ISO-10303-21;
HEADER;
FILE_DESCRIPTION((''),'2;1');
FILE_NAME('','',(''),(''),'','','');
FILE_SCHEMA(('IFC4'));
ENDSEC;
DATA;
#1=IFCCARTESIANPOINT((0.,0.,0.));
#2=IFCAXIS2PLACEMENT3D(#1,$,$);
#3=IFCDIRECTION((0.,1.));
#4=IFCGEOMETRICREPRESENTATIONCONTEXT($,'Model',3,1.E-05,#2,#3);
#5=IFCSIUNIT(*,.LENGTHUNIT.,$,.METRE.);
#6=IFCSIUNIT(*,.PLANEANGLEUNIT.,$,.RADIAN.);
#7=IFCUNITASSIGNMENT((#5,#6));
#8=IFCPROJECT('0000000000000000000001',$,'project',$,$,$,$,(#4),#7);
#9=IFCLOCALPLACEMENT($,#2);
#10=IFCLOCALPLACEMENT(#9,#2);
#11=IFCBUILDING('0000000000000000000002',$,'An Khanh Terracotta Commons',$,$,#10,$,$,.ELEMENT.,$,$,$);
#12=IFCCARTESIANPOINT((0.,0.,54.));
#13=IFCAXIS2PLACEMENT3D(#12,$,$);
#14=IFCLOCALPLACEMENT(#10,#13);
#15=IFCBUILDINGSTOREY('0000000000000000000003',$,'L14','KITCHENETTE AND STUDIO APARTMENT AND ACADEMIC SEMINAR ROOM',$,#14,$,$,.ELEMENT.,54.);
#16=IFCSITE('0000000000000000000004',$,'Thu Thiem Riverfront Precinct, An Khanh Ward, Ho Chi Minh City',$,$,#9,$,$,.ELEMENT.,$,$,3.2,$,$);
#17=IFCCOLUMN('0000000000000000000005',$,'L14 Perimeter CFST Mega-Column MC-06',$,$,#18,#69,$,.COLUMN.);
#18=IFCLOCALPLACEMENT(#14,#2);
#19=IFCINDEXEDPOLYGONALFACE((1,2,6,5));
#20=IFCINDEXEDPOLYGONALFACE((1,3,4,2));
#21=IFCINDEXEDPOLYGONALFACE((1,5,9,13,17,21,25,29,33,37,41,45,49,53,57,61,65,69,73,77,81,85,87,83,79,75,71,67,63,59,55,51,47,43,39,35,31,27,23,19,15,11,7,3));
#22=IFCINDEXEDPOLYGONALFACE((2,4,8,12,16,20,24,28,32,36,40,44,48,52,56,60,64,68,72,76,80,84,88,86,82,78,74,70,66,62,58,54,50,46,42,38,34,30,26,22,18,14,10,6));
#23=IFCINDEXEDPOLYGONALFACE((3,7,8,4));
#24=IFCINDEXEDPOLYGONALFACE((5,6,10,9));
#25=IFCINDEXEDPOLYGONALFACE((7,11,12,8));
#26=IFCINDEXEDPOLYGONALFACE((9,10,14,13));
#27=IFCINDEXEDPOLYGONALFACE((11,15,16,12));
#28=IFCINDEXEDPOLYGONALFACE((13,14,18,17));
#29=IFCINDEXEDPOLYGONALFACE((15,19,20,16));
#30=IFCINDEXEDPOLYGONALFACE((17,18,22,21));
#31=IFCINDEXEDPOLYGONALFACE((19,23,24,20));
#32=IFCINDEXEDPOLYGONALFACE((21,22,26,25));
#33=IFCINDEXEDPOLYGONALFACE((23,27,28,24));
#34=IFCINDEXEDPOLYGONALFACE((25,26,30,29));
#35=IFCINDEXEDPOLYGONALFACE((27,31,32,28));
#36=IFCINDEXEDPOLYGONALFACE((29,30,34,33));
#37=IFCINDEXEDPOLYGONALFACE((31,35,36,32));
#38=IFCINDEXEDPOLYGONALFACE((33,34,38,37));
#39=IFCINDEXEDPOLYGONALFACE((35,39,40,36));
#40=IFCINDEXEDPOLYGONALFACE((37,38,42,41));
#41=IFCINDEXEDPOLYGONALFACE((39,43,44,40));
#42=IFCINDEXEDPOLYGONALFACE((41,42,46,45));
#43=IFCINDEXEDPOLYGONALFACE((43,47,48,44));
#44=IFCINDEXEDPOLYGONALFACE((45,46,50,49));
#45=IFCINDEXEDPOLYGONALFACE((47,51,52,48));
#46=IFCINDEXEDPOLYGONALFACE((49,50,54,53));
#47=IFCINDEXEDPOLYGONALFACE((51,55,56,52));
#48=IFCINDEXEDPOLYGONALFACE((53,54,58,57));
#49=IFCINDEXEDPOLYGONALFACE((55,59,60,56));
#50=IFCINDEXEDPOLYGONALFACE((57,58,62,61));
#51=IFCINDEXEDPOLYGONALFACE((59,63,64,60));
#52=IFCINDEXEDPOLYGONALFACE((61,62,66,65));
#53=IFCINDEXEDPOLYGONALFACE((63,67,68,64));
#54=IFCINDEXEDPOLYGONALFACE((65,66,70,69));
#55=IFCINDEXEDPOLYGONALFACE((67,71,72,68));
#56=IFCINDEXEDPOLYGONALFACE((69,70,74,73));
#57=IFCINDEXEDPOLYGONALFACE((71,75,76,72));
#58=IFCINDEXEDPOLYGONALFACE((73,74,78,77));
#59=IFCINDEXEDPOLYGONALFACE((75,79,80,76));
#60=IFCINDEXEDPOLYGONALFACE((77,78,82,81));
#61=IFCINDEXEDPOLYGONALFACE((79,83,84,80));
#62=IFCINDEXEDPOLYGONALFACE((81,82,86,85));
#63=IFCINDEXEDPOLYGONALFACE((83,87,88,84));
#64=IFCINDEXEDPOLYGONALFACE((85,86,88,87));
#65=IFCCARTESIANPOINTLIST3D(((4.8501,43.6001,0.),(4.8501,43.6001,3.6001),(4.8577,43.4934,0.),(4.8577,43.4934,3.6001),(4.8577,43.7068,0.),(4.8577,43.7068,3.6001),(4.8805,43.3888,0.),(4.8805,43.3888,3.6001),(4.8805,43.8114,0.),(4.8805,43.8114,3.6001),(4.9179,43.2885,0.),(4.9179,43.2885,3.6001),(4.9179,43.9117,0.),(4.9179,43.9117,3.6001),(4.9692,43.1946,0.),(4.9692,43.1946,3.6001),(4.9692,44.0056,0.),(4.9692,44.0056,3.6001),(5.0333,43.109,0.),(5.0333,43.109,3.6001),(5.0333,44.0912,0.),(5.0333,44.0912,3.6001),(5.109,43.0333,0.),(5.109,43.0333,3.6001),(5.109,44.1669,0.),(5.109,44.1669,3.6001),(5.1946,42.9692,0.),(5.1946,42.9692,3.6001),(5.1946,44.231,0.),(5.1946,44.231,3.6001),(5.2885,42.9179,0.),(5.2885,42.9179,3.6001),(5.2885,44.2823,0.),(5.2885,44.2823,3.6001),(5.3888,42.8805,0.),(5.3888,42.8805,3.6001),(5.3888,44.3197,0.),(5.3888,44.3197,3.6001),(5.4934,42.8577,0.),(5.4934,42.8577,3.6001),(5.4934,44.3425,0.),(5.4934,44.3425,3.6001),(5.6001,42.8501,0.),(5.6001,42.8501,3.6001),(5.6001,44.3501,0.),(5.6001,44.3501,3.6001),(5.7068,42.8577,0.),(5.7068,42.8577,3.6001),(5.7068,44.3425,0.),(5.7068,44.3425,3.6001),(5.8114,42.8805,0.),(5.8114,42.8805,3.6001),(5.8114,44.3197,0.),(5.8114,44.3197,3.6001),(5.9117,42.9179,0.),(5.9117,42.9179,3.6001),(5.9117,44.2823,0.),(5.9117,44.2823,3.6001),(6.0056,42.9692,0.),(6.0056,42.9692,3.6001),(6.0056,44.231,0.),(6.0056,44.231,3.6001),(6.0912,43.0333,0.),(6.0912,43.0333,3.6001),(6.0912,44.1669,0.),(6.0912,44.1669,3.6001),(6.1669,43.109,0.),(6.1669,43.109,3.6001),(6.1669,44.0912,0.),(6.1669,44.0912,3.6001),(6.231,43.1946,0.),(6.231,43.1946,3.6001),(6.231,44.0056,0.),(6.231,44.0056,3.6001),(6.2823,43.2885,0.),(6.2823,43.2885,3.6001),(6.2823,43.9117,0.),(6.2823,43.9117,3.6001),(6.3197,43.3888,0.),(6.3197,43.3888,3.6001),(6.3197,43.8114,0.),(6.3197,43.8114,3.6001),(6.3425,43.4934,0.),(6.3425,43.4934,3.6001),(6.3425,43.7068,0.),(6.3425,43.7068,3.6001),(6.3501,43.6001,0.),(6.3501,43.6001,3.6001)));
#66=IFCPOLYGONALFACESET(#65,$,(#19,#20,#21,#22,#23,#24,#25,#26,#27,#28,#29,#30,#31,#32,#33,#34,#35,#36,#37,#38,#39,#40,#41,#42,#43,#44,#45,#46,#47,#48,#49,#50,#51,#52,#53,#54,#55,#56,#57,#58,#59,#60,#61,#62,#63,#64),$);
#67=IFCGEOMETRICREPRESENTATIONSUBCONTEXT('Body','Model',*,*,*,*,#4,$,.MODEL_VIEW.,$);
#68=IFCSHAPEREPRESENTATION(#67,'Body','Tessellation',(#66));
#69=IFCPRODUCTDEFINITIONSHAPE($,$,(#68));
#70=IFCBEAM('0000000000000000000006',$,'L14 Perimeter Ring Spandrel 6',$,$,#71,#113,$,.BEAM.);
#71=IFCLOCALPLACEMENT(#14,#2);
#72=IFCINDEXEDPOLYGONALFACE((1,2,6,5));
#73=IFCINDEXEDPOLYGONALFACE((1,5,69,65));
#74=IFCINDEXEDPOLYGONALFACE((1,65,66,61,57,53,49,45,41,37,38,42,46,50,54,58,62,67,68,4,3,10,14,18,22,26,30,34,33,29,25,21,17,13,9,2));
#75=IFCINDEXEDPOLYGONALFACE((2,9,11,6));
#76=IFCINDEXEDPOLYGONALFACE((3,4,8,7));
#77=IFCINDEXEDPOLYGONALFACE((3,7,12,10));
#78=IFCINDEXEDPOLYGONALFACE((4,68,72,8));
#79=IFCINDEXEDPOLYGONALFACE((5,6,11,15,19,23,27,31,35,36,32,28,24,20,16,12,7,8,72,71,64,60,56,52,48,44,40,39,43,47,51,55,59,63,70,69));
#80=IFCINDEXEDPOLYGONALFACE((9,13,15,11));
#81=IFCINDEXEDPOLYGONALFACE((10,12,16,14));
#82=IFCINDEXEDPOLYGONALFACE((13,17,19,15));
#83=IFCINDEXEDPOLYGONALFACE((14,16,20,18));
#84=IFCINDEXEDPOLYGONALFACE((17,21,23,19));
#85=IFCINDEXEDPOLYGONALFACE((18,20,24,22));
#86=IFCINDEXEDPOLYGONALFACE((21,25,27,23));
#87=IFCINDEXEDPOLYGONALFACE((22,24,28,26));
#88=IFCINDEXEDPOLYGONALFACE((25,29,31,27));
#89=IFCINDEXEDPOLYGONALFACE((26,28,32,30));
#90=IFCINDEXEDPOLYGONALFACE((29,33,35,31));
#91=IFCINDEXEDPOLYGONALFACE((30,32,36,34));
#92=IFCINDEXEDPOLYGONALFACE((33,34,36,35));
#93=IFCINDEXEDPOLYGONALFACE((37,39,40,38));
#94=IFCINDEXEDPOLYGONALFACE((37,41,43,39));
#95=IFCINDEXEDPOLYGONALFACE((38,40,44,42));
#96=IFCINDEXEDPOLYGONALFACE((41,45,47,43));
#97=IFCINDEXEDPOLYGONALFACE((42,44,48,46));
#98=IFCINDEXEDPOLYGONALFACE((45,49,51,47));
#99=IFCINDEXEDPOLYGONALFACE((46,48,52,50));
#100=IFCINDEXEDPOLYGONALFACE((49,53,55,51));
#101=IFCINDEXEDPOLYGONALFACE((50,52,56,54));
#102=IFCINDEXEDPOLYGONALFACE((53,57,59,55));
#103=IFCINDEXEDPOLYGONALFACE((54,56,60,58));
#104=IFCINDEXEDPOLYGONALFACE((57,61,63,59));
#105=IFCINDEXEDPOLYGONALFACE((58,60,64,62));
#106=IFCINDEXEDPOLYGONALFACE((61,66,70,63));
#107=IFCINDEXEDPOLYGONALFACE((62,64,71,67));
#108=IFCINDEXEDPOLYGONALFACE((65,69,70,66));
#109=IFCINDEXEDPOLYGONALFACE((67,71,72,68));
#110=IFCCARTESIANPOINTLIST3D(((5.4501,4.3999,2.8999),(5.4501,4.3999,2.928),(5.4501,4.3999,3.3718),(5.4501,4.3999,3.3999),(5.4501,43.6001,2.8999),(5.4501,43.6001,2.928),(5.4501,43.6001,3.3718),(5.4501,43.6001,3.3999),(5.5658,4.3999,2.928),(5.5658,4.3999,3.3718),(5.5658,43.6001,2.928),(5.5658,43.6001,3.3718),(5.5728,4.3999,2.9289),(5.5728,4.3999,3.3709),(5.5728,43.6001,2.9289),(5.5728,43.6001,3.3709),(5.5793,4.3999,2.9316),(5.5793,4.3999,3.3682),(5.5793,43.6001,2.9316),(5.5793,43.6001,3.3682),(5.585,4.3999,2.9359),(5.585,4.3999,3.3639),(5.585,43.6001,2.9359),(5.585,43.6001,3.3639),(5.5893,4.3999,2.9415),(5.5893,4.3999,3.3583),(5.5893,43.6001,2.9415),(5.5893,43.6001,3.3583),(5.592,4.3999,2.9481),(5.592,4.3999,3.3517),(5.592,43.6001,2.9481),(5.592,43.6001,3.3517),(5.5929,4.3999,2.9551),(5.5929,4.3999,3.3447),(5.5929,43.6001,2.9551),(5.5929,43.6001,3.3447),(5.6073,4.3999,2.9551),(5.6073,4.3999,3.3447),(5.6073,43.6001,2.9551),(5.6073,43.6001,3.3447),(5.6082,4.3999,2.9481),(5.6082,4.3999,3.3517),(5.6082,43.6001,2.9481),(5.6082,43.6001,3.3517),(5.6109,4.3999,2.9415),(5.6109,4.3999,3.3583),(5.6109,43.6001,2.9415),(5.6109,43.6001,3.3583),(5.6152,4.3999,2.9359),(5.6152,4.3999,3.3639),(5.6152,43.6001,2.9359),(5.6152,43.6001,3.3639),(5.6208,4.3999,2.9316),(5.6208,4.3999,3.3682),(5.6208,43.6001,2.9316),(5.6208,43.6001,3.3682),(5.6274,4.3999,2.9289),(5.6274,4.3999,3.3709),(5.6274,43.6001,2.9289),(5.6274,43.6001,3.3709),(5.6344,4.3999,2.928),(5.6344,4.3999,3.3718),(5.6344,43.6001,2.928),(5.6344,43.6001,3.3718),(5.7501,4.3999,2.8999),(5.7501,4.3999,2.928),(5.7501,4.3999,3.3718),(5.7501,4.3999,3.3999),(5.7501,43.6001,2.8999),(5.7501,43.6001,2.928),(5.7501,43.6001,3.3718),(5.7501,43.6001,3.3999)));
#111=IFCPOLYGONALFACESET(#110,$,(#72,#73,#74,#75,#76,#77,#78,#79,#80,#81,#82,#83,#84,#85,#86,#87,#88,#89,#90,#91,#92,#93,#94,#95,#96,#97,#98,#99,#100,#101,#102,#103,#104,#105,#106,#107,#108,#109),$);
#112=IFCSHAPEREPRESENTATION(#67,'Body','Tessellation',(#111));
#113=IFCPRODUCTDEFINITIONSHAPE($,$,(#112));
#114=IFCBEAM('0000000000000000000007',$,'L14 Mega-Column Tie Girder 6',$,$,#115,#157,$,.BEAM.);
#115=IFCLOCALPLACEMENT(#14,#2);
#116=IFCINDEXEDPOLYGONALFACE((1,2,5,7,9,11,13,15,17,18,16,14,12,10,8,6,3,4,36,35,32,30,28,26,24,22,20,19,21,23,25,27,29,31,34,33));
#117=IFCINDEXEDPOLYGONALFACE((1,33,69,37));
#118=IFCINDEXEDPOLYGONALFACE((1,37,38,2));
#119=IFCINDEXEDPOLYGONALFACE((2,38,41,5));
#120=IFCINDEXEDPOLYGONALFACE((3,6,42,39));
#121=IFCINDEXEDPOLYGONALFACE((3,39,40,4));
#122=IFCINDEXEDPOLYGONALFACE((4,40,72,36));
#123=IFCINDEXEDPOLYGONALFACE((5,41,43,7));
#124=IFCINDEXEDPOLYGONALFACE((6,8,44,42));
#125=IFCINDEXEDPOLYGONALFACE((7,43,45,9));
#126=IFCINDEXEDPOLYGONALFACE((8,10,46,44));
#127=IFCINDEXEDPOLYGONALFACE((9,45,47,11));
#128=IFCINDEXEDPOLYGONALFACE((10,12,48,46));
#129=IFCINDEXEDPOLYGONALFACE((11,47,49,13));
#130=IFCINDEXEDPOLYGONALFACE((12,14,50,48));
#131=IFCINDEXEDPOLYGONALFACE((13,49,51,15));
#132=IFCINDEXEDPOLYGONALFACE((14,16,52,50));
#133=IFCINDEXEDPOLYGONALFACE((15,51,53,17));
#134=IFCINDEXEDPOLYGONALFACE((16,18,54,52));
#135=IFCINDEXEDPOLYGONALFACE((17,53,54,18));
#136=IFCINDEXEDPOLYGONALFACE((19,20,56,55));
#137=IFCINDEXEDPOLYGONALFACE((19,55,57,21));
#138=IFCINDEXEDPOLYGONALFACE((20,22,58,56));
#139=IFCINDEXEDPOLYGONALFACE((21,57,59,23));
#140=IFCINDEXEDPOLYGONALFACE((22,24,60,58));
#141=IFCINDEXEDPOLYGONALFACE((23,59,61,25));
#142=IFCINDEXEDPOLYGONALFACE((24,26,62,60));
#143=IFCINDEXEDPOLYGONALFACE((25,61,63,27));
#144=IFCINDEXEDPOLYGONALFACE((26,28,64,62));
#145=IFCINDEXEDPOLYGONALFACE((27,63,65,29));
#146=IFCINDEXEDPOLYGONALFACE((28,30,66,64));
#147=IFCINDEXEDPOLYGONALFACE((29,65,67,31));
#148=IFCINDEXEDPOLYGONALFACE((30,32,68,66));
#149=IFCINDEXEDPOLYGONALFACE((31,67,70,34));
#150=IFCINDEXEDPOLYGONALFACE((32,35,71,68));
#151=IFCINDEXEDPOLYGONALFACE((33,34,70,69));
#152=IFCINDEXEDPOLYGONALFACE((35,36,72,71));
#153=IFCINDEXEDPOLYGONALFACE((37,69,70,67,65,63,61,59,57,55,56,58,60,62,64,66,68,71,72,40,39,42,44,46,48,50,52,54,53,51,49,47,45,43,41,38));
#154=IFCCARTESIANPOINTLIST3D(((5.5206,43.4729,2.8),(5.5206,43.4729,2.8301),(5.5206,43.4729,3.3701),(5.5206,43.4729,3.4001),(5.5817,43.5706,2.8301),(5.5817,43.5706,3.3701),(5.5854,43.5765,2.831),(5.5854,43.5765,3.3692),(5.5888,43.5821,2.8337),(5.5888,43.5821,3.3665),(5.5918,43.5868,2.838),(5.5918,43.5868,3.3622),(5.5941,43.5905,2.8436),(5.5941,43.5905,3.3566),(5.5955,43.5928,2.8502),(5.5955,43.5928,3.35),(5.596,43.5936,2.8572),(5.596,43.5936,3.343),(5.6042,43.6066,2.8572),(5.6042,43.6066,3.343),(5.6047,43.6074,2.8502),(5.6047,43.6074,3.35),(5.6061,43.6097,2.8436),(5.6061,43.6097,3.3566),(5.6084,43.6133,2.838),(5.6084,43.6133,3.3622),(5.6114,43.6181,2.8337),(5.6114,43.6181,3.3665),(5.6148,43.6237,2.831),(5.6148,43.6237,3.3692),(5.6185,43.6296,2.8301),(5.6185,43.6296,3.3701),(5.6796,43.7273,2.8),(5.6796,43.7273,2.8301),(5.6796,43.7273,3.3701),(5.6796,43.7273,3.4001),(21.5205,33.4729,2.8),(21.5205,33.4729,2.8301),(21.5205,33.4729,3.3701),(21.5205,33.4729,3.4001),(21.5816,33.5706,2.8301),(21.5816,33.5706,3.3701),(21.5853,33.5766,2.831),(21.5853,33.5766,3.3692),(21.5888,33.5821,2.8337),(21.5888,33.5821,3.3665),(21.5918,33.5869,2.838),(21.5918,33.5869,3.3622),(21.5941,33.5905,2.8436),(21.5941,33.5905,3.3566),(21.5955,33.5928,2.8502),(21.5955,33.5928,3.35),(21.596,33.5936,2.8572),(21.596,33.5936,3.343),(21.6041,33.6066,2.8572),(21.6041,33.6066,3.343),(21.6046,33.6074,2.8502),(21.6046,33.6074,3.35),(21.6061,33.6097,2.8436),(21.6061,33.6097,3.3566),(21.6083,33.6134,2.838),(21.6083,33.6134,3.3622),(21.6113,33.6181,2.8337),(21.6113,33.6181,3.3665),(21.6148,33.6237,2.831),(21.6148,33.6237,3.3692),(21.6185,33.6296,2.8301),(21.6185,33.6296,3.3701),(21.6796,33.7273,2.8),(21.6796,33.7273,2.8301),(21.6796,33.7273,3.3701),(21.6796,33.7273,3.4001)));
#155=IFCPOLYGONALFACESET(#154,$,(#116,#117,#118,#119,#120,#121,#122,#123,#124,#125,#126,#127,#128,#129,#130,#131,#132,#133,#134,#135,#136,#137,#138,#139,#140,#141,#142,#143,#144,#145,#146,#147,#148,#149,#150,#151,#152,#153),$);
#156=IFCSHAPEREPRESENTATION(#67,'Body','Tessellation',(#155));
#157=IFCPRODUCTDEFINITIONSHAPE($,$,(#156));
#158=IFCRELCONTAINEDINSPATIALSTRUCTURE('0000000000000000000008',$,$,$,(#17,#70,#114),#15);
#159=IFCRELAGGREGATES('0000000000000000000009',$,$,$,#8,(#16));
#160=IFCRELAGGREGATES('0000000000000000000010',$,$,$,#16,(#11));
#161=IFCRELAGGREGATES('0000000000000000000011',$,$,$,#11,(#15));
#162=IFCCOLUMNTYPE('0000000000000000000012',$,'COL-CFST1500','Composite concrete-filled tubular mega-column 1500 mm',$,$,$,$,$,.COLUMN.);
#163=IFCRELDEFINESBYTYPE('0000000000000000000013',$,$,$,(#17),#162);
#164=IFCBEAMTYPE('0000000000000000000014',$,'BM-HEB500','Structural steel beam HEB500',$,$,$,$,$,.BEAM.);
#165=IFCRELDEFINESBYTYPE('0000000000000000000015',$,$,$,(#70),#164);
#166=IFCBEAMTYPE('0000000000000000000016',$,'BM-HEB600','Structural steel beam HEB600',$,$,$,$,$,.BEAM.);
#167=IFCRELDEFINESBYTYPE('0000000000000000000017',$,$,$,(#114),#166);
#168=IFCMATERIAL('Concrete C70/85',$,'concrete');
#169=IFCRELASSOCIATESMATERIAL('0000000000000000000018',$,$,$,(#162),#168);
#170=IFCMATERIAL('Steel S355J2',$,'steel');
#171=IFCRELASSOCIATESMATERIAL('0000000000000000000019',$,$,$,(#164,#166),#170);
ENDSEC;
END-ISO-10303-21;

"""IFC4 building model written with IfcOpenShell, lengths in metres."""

from ifc_helpers import new_model, si_unit, direction, frame, origin, origin_2d, place, context, subcontext, project, spatial, circle, i_section, extrude, material, material_profile, profile_set, type_object, element, save


model = new_model("IFC4")

# Units and contexts
model_context = context("Model", 3, precision=1e-05, world=origin(), true_north=direction((0.0, 1.0)))
body_context = subcontext(model_context, "Body", "Model", "MODEL_VIEW")
ifc_project = project(units=[si_unit("LENGTHUNIT", "METRE"), si_unit("PLANEANGLEUNIT", "RADIAN")], contexts=[model_context])

# Site, building, storey
site_placement = place(None, origin())
site = spatial("IfcSite", under=ifc_project, at=site_placement, Name="Thu Thiem Riverfront Precinct, An Khanh Ward, Ho Chi Minh City", CompositionType="ELEMENT", RefElevation=3.2)
building_placement = place(site_placement, origin())
building = spatial("IfcBuilding", under=site, at=building_placement, Name="An Khanh Terracotta Commons", CompositionType="ELEMENT")
storey_placement = place(building_placement, frame((0.0, 0.0, 54.0)))
storey = spatial("IfcBuildingStorey", under=building, at=storey_placement, Name="L14", Description="KITCHENETTE AND STUDIO APARTMENT AND ACADEMIC SEMINAR ROOM", CompositionType="ELEMENT", Elevation=54.0)

# Column
ifc_material_1 = material(Name="Concrete C70/85", Category="concrete")
ifc_material_profile_1 = material_profile(ifc_material_1, circle(Radius=0.75, at=origin_2d()), Name="CFST1500")
ifc_profile_set_1 = profile_set([ifc_material_profile_1], Name="Concrete C70/85")
column_type = type_object("IfcColumnType", Name="COL-CFST1500", Description="Composite concrete-filled tubular mega-column 1500 mm", PredefinedType="COLUMN", material=ifc_profile_set_1)
column_placement = place(storey_placement, frame((5.6001, 43.6001, 0.0), z_axis=(0.0, 0.0, 1.0), x_axis=(1.0, 0.0, 0.0)))
element("IfcColumn", 1, at=column_placement, inside=storey, type_object=column_type, Name="L14 Perimeter CFST Mega-Column MC-06", PredefinedType="COLUMN", context=body_context, shape_type="SweptSolid", body=[
    extrude(circle(Radius=0.75, at=origin_2d()), origin(), (0.0, 0.0, 1.0), 3.6001),
])

# Beams
ifc_material_2 = material(Name="Steel S355J2", Category="steel")
ifc_material_profile_2 = material_profile(ifc_material_2, i_section(OverallWidth=0.3, OverallDepth=0.5, WebThickness=0.0144, FlangeThickness=0.0281, FilletRadius=0.0271, at=origin_2d()), Name="HEB500")
ifc_profile_set_2 = profile_set([ifc_material_profile_2], Name="Steel S355J2")
beam_type_1 = type_object("IfcBeamType", Name="BM-HEB500", Description="Structural steel beam HEB500", PredefinedType="BEAM", material=ifc_profile_set_2)
beam_1_placement = place(storey_placement, frame((5.6001, 43.6001, 3.1499), z_axis=(0.0, -1.0, 0.0), x_axis=(1.0, 0.0, 0.0)))
element("IfcBeam", 2, at=beam_1_placement, inside=storey, type_object=beam_type_1, Name="L14 Perimeter Ring Spandrel 6", PredefinedType="BEAM", context=body_context, shape_type="SweptSolid", body=[
    extrude(i_section(OverallWidth=0.3, OverallDepth=0.5, WebThickness=0.0144, FlangeThickness=0.0281, FilletRadius=0.0271, at=origin_2d()), origin(), (0.0, 0.0, 1.0), 39.2002),
])
ifc_material_profile_3 = material_profile(ifc_material_2, i_section(OverallWidth=0.3, OverallDepth=0.6001, WebThickness=0.0154, FlangeThickness=0.03, FilletRadius=0.0271, at=origin_2d()), Name="HEB600")
ifc_profile_set_3 = profile_set([ifc_material_profile_3], Name="Steel S355J2")
beam_type_2 = type_object("IfcBeamType", Name="BM-HEB600", Description="Structural steel beam HEB600", PredefinedType="BEAM", material=ifc_profile_set_3)
beam_2_placement = place(storey_placement, frame((5.6001, 43.6001, 3.1001), z_axis=(0.847998, -0.529999, 0.0), x_axis=(0.529999, 0.847998, 0.0)))
element("IfcBeam", 3, at=beam_2_placement, inside=storey, type_object=beam_type_2, Name="L14 Mega-Column Tie Girder 6", PredefinedType="BEAM", context=body_context, shape_type="SweptSolid", body=[
    extrude(i_section(OverallWidth=0.3, OverallDepth=0.6001, WebThickness=0.0154, FlangeThickness=0.03, FilletRadius=0.0271, at=origin_2d()), origin(), (0.0, 0.0, 1.0), 18.8679),
])

save(model, "model.ifc")
